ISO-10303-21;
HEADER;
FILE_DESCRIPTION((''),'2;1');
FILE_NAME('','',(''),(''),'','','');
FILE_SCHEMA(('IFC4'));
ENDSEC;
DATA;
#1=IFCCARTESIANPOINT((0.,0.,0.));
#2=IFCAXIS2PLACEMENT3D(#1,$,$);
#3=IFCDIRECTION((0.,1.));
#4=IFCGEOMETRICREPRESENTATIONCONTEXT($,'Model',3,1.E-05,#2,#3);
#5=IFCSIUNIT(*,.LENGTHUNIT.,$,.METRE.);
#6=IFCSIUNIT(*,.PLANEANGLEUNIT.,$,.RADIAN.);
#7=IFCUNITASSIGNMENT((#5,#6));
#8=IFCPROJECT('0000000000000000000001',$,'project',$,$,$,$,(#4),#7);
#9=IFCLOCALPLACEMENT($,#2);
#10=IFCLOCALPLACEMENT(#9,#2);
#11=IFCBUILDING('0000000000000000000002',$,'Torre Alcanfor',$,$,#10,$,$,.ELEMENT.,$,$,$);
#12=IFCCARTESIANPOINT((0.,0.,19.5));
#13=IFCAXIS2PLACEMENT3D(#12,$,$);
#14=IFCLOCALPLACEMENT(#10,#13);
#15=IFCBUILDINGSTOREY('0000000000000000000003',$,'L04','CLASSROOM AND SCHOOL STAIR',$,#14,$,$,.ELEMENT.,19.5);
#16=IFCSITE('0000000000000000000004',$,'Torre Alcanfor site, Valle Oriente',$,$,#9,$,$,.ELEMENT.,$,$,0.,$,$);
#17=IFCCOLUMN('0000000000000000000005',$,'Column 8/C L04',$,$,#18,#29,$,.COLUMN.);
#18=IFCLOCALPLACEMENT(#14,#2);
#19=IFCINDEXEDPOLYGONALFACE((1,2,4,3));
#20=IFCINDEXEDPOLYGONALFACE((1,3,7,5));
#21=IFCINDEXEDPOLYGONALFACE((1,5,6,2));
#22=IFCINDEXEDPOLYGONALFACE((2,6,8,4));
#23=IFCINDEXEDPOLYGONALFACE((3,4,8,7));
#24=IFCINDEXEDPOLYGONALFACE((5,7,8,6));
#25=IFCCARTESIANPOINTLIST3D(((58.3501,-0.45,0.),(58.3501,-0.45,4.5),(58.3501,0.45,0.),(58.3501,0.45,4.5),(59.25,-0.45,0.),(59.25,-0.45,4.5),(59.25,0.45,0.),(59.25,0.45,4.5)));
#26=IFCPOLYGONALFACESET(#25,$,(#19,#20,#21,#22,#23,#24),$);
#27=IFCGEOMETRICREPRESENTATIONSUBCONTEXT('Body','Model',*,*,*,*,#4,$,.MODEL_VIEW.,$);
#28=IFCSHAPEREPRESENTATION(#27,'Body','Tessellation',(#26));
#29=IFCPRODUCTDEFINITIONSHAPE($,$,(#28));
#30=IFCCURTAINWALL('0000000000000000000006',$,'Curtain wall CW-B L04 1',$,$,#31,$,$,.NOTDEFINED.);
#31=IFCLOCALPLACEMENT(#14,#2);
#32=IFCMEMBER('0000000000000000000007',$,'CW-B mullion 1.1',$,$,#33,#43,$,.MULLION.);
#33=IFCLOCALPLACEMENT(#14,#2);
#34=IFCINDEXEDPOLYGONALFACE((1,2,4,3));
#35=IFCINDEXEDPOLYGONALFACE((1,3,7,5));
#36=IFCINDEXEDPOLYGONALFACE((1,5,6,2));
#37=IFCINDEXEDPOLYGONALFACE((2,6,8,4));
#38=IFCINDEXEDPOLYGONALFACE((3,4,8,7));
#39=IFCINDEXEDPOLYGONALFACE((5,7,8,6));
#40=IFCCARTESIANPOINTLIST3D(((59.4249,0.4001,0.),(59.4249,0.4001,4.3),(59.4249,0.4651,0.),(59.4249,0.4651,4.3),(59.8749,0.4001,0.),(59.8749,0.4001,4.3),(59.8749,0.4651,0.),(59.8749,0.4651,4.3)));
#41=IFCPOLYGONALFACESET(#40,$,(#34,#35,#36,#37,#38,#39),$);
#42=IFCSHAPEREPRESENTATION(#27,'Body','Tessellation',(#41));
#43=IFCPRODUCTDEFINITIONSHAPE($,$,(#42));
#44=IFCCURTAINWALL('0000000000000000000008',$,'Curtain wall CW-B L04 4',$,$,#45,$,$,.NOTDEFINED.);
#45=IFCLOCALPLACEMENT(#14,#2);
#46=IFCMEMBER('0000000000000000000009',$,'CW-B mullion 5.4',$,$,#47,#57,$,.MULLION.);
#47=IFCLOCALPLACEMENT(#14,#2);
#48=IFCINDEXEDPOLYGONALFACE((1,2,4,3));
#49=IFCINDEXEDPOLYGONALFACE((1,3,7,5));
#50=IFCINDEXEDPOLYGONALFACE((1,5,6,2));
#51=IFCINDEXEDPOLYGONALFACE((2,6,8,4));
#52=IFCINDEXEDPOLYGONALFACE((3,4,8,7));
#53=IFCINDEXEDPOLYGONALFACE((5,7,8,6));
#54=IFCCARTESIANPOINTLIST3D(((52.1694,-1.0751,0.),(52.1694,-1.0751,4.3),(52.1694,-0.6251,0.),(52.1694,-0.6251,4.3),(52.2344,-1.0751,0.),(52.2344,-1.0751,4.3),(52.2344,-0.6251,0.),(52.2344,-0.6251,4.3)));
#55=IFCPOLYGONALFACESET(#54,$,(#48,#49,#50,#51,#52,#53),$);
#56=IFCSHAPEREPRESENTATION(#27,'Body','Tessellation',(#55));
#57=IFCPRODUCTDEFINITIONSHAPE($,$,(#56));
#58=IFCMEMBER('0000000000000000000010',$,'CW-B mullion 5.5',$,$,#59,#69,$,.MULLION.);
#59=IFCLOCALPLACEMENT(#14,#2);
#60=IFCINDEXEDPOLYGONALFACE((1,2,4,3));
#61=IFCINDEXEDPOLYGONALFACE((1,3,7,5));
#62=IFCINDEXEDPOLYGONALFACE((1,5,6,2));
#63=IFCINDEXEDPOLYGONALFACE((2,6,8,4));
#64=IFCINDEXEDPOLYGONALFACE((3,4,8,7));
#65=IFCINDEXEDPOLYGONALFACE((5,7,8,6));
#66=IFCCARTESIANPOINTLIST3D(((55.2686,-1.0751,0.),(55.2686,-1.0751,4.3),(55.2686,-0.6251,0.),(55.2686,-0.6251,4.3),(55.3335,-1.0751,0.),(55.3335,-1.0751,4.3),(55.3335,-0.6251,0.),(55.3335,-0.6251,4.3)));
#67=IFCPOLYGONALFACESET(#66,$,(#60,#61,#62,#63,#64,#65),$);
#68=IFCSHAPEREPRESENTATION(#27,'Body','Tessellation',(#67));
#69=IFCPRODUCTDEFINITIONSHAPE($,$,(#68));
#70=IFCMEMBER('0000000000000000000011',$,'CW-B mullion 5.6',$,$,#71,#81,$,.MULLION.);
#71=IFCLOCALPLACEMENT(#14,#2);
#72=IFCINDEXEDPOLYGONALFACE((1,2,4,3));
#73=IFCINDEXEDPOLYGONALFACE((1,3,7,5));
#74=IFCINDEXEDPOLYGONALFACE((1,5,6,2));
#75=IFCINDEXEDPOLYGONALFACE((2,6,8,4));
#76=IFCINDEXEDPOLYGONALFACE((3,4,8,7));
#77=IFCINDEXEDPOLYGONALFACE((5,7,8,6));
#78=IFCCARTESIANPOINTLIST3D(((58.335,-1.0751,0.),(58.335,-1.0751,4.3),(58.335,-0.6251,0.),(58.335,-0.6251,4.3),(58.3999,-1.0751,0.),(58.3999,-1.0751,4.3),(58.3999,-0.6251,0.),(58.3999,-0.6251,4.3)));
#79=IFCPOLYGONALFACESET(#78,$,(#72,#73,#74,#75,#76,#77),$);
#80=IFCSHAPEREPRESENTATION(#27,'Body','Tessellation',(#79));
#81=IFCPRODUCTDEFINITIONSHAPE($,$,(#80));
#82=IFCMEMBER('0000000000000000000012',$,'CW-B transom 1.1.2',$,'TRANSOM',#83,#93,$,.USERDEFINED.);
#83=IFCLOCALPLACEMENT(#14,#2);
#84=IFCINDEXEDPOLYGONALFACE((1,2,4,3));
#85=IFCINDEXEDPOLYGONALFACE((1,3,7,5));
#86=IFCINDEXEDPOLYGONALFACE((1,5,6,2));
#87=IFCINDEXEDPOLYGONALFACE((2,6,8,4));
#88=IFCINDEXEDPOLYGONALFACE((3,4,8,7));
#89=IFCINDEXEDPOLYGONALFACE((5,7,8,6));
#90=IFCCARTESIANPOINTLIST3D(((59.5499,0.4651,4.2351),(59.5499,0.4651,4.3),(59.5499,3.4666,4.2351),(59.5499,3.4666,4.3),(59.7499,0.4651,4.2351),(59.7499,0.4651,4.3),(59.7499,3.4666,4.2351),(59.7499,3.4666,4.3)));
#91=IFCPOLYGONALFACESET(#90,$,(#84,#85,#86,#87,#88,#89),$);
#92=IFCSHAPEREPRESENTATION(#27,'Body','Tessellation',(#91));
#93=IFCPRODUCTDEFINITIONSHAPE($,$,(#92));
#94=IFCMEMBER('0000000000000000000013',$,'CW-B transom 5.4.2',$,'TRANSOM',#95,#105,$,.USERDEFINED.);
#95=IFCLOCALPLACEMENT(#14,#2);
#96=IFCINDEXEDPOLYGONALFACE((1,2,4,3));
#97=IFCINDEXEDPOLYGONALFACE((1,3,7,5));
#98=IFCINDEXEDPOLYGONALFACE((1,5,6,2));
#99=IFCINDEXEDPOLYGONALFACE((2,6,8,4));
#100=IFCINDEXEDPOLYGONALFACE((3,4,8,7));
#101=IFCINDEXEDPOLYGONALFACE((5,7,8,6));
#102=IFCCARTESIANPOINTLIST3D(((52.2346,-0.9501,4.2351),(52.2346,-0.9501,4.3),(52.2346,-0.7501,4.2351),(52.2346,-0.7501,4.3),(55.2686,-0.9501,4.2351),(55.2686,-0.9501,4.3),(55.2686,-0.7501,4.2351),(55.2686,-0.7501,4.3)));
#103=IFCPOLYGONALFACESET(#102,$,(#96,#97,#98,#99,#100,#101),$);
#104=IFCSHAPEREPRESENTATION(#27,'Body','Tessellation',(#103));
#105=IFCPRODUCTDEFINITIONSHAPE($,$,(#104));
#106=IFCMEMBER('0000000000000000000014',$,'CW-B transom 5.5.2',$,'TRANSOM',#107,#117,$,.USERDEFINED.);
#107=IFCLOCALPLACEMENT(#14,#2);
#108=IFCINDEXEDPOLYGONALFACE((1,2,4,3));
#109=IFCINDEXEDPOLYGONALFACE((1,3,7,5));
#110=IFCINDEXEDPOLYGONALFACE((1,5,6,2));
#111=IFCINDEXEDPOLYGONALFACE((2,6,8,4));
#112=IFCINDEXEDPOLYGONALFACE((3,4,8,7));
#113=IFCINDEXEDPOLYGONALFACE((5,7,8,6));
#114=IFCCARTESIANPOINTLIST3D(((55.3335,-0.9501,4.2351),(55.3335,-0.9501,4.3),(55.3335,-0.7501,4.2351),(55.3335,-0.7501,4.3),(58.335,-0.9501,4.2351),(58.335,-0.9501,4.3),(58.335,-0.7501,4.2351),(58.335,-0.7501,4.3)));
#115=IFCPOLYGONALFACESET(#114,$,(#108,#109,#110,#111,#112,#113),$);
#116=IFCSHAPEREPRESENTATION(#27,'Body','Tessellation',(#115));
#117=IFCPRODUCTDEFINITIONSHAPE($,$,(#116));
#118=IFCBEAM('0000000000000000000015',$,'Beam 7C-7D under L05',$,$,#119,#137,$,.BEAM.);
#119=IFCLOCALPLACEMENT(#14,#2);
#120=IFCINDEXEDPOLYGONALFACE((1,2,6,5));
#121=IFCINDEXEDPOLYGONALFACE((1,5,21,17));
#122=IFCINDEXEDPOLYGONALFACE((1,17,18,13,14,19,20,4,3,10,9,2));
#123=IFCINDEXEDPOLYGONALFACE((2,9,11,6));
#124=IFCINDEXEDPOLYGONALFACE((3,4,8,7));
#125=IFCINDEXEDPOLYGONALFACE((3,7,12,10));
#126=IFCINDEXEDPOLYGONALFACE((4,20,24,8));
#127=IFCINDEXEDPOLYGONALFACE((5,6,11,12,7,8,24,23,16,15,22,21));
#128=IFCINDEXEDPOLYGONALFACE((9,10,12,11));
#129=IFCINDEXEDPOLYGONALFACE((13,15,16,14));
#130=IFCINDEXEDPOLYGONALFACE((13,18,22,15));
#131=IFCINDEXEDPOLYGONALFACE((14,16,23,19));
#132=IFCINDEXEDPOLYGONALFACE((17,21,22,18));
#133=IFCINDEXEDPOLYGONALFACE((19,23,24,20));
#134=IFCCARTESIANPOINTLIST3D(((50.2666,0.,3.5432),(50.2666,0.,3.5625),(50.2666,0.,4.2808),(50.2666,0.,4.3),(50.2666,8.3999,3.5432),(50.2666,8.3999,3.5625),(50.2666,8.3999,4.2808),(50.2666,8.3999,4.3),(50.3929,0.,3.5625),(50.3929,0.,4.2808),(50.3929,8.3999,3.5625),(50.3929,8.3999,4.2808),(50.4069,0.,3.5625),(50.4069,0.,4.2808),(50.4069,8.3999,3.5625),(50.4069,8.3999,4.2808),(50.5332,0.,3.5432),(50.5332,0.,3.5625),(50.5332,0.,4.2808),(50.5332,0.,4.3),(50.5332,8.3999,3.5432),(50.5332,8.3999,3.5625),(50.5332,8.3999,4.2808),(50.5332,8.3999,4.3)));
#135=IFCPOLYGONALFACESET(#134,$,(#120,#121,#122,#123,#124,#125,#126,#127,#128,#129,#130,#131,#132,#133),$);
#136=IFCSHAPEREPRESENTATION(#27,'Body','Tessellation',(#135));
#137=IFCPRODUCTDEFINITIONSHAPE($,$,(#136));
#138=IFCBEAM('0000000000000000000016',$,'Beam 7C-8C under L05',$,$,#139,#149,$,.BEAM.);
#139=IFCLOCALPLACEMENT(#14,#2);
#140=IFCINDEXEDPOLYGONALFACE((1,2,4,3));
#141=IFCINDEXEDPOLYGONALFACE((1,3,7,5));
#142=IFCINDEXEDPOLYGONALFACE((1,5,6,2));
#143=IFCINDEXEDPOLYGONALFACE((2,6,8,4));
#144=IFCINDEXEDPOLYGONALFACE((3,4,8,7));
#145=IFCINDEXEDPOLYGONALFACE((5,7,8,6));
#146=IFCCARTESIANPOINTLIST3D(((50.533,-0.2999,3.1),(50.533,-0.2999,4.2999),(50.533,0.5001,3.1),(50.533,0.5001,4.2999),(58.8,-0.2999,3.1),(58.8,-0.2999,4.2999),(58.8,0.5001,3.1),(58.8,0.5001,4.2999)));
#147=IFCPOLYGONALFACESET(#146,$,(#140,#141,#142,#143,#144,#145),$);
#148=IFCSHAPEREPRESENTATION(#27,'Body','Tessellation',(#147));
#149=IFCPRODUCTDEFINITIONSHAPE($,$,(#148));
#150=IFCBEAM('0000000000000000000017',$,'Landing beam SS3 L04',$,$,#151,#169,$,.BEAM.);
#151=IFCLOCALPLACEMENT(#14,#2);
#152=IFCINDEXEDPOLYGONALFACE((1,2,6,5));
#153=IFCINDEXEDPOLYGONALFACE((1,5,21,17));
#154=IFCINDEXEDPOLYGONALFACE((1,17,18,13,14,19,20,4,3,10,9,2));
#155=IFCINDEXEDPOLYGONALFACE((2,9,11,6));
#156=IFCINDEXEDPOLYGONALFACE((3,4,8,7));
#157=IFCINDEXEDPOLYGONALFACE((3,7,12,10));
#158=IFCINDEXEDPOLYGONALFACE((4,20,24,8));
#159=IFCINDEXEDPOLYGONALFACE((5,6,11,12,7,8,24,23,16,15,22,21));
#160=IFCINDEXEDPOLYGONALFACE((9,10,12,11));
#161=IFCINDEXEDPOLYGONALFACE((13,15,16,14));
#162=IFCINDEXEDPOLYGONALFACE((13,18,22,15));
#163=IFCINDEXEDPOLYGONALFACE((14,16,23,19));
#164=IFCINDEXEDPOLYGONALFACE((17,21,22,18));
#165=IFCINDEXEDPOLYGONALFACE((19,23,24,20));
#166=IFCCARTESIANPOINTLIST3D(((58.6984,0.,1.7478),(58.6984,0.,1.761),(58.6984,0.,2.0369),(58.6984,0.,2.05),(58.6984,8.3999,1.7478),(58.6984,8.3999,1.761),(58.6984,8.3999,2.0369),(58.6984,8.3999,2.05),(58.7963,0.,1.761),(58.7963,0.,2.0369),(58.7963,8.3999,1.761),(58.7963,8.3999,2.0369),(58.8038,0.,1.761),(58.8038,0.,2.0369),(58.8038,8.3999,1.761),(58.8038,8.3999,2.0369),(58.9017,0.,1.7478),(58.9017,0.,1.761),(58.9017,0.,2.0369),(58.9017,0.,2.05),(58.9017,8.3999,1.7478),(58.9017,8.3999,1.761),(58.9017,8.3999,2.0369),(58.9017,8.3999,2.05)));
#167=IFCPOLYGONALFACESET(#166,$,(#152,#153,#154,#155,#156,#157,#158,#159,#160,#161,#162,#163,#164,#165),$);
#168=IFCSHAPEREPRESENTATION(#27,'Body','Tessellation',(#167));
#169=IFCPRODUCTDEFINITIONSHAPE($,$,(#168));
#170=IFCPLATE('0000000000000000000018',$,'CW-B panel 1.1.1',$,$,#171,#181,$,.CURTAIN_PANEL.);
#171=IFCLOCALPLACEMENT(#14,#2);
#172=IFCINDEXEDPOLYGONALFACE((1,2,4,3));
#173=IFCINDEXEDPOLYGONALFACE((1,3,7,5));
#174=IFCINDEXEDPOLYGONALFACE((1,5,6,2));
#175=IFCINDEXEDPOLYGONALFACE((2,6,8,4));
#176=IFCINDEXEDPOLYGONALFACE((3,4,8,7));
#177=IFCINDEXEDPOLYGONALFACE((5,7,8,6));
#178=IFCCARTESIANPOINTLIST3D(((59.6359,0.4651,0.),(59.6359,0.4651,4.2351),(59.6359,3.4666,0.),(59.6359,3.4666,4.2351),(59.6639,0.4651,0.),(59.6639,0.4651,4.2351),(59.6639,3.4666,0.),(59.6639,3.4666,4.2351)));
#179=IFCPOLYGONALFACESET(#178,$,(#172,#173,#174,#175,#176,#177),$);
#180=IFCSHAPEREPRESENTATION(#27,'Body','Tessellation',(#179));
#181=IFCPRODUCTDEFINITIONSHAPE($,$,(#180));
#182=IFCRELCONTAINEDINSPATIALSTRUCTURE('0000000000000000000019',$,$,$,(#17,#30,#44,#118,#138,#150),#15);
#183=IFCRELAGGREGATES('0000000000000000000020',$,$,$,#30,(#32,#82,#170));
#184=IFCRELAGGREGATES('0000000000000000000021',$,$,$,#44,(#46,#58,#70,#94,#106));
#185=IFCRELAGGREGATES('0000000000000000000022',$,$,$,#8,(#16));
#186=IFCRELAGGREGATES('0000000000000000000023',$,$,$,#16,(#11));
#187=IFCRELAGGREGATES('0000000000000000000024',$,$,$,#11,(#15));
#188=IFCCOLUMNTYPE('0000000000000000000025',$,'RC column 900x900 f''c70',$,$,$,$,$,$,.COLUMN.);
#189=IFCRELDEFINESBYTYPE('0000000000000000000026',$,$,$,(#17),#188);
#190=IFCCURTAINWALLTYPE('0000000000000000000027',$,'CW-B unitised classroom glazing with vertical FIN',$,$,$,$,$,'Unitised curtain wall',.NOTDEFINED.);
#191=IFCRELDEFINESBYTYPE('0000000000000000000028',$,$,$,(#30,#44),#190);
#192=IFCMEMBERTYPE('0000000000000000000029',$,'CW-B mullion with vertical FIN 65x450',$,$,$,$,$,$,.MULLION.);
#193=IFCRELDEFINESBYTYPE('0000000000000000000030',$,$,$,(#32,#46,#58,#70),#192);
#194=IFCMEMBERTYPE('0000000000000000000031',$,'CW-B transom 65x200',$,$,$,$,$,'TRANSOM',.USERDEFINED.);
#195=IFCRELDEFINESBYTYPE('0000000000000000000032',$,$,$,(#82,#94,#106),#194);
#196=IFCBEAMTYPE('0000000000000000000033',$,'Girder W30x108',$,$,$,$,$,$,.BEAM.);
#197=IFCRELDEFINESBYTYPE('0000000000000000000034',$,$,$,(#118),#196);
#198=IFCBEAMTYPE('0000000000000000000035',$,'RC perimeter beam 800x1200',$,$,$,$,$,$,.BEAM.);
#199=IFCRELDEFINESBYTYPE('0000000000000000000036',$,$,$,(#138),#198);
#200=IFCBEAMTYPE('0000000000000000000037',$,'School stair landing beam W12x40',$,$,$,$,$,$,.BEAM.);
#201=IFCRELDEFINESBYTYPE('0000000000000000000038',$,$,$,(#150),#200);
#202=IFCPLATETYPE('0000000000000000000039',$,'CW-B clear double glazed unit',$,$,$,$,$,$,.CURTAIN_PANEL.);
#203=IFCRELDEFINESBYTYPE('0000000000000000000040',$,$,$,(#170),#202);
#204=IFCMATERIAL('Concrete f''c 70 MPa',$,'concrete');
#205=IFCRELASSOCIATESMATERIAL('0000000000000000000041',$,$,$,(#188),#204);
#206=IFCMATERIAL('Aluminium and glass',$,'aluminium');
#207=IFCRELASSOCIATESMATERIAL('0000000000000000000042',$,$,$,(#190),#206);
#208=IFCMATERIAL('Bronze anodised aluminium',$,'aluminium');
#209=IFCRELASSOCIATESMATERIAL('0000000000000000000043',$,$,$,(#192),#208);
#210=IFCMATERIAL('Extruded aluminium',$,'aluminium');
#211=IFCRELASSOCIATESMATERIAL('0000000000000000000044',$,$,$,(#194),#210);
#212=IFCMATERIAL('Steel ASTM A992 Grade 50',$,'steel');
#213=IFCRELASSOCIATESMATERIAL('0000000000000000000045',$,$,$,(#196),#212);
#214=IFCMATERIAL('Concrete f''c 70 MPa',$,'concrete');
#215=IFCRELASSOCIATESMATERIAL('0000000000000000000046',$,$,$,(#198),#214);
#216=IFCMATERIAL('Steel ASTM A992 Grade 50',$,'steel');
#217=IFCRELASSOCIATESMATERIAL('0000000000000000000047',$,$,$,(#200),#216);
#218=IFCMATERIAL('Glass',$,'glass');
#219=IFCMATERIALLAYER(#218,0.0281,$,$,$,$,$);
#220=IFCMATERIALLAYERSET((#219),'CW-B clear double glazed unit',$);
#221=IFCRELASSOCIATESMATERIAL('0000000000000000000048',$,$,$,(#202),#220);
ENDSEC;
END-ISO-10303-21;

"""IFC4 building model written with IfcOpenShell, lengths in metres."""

from ifc_helpers import new_model, si_unit, direction, frame, origin, origin_2d, place, context, subcontext, project, spatial, rectangle, i_section, extrude, material, layer, layer_set, material_profile, profile_set, type_object, element, aggregate, save


model = new_model("IFC4")

# Units and contexts
model_context = context("Model", 3, precision=1e-05, world=origin(), true_north=direction((0.0, 1.0)))
body_context = subcontext(model_context, "Body", "Model", "MODEL_VIEW")
ifc_project = project(units=[si_unit("LENGTHUNIT", "METRE"), si_unit("PLANEANGLEUNIT", "RADIAN")], contexts=[model_context])

# Site, building, storey
site_placement = place(None, origin())
site = spatial("IfcSite", under=ifc_project, at=site_placement, Name="Torre Alcanfor site, Valle Oriente", CompositionType="ELEMENT", RefElevation=0.0)
building_placement = place(site_placement, origin())
building = spatial("IfcBuilding", under=site, at=building_placement, Name="Torre Alcanfor", CompositionType="ELEMENT")
storey_placement = place(building_placement, frame((0.0, 0.0, 19.5)))
storey = spatial("IfcBuildingStorey", under=building, at=storey_placement, Name="L04", Description="CLASSROOM AND SCHOOL STAIR", CompositionType="ELEMENT", Elevation=19.5)

# Column
ifc_material_1 = material(Name="Concrete f'c 70 MPa", Category="concrete")
ifc_material_profile_1 = material_profile(ifc_material_1, rectangle(XDim=0.8999, YDim=0.8999, at=origin_2d()), Name="900x900")
ifc_profile_set_1 = profile_set([ifc_material_profile_1], Name="Concrete f'c 70 MPa")
column_type = type_object("IfcColumnType", Name="RC column 900x900 f'c70", PredefinedType="COLUMN", material=ifc_profile_set_1)
column_placement = place(storey_placement, frame((58.8, 0.0, 0.0), z_axis=(0.0, 0.0, 1.0), x_axis=(1.0, 0.0, 0.0)))
element("IfcColumn", 1, at=column_placement, inside=storey, type_object=column_type, Name="Column 8/C L04", PredefinedType="COLUMN", context=body_context, shape_type="SweptSolid", body=[
    extrude(rectangle(XDim=0.8999, YDim=0.8999, at=origin_2d()), origin(), (0.0, 0.0, 1.0), 4.5),
])

# Curtain wall, member
ifc_material_2 = material(Name="Aluminium and glass", Category="aluminium")
curtain_wall_type = type_object("IfcCurtainWallType", Name="CW-B unitised classroom glazing with vertical FIN", ElementType="Unitised curtain wall", PredefinedType="NOTDEFINED", material=ifc_material_2)
curtain_wall_1_placement = place(storey_placement, origin())
curtain_wall_1 = element("IfcCurtainWall", 2, at=curtain_wall_1_placement, inside=storey, type_object=curtain_wall_type, Name="Curtain wall CW-B L04 1", PredefinedType="NOTDEFINED")
ifc_material_3 = material(Name="Bronze anodised aluminium", Category="aluminium")
ifc_material_profile_2 = material_profile(ifc_material_3, rectangle(XDim=0.45, YDim=0.0649, at=origin_2d()), Name="CW-B mullion 65x450")
ifc_profile_set_2 = profile_set([ifc_material_profile_2], Name="Bronze anodised aluminium")
member_type_1 = type_object("IfcMemberType", Name="CW-B mullion with vertical FIN 65x450", PredefinedType="MULLION", material=ifc_profile_set_2)
member_1_placement = place(storey_placement, frame((59.6499, 0.4326, 0.0), z_axis=(0.0, 0.0, 1.0), x_axis=(-1.0, 0.0, 0.0)))
member_1 = element("IfcMember", 3, at=member_1_placement, type_object=member_type_1, Name="CW-B mullion 1.1", PredefinedType="MULLION", context=body_context, shape_type="SweptSolid", body=[
    extrude(rectangle(XDim=0.45, YDim=0.0649, at=origin_2d()), origin(), (0.0, 0.0, 1.0), 4.3),
])

# Curtain wall, members
curtain_wall_2_placement = place(storey_placement, origin())
curtain_wall_2 = element("IfcCurtainWall", 4, at=curtain_wall_2_placement, inside=storey, type_object=curtain_wall_type, Name="Curtain wall CW-B L04 4", PredefinedType="NOTDEFINED")
member_2_placement = place(storey_placement, frame((52.2019, -0.8501, 0.0), z_axis=(0.0, 0.0, 1.0), x_axis=(0.0, 1.0, 0.0)))
member_2 = element("IfcMember", 5, at=member_2_placement, type_object=member_type_1, Name="CW-B mullion 5.4", PredefinedType="MULLION", context=body_context, shape_type="SweptSolid", body=[
    extrude(rectangle(XDim=0.45, YDim=0.0649, at=origin_2d()), origin(), (0.0, 0.0, 1.0), 4.3),
])
member_3_placement = place(storey_placement, frame((55.301, -0.8501, 0.0), z_axis=(0.0, 0.0, 1.0), x_axis=(0.0, 1.0, 0.0)))
member_3 = element("IfcMember", 6, at=member_3_placement, type_object=member_type_1, Name="CW-B mullion 5.5", PredefinedType="MULLION", context=body_context, shape_type="SweptSolid", body=[
    extrude(rectangle(XDim=0.45, YDim=0.0649, at=origin_2d()), origin(), (0.0, 0.0, 1.0), 4.3),
])
member_4_placement = place(storey_placement, frame((58.3674, -0.8501, 0.0), z_axis=(0.0, 0.0, 1.0), x_axis=(0.0, 1.0, 0.0)))
member_4 = element("IfcMember", 7, at=member_4_placement, type_object=member_type_1, Name="CW-B mullion 5.6", PredefinedType="MULLION", context=body_context, shape_type="SweptSolid", body=[
    extrude(rectangle(XDim=0.45, YDim=0.0649, at=origin_2d()), origin(), (0.0, 0.0, 1.0), 4.3),
])

# Members
ifc_material_4 = material(Name="Extruded aluminium", Category="aluminium")
ifc_material_profile_3 = material_profile(ifc_material_4, rectangle(XDim=0.2, YDim=0.0649, at=origin_2d()), Name="CW-B transom 200x65")
ifc_profile_set_3 = profile_set([ifc_material_profile_3], Name="Extruded aluminium")
member_type_2 = type_object("IfcMemberType", Name="CW-B transom 65x200", ElementType="TRANSOM", PredefinedType="USERDEFINED", material=ifc_profile_set_3)
member_5_placement = place(storey_placement, frame((59.6499, 0.4651, 4.2676), z_axis=(0.0, 1.0, 0.0), x_axis=(-1.0, 0.0, 0.0)))
member_5 = element("IfcMember", 8, at=member_5_placement, type_object=member_type_2, Name="CW-B transom 1.1.2", ObjectType="TRANSOM", PredefinedType="USERDEFINED", context=body_context, shape_type="SweptSolid", body=[
    extrude(rectangle(XDim=0.2, YDim=0.0649, at=origin_2d()), origin(), (0.0, 0.0, 1.0), 3.0015),
])
member_6_placement = place(storey_placement, frame((52.2346, -0.8501, 4.2676), z_axis=(1.0, 0.0, 0.0), x_axis=(0.0, 1.0, 0.0)))
member_6 = element("IfcMember", 9, at=member_6_placement, type_object=member_type_2, Name="CW-B transom 5.4.2", ObjectType="TRANSOM", PredefinedType="USERDEFINED", context=body_context, shape_type="SweptSolid", body=[
    extrude(rectangle(XDim=0.2, YDim=0.0649, at=origin_2d()), origin(), (0.0, 0.0, 1.0), 3.0339),
])
member_7_placement = place(storey_placement, frame((55.3335, -0.8501, 4.2676), z_axis=(1.0, 0.0, 0.0), x_axis=(0.0, 1.0, 0.0)))
member_7 = element("IfcMember", 10, at=member_7_placement, type_object=member_type_2, Name="CW-B transom 5.5.2", ObjectType="TRANSOM", PredefinedType="USERDEFINED", context=body_context, shape_type="SweptSolid", body=[
    extrude(rectangle(XDim=0.2, YDim=0.0649, at=origin_2d()), origin(), (0.0, 0.0, 1.0), 3.0015),
])

# Beams
ifc_material_5 = material(Name="Steel ASTM A992 Grade 50", Category="steel")
ifc_material_profile_4 = material_profile(ifc_material_5, i_section(OverallWidth=0.2666, OverallDepth=0.7568, WebThickness=0.0139, FlangeThickness=0.0193, at=origin_2d()), Name="W30x108")
ifc_profile_set_4 = profile_set([ifc_material_profile_4], Name="Steel ASTM A992 Grade 50")
beam_type_1 = type_object("IfcBeamType", Name="Girder W30x108", PredefinedType="BEAM", material=ifc_profile_set_4)
beam_1_placement = place(storey_placement, frame((50.3999, 0.0, 3.9216), z_axis=(0.0, 1.0, 0.0), x_axis=(-1.0, 0.0, 0.0)))
element("IfcBeam", 11, at=beam_1_placement, inside=storey, type_object=beam_type_1, Name="Beam 7C-7D under L05", PredefinedType="BEAM", context=body_context, shape_type="SweptSolid", body=[
    extrude(i_section(OverallWidth=0.2666, OverallDepth=0.7568, WebThickness=0.0139, FlangeThickness=0.0193, at=origin_2d()), origin(), (0.0, 0.0, 1.0), 8.3999),
])
ifc_material_6 = material(Name="Concrete f'c 70 MPa", Category="concrete")
ifc_material_profile_5 = material_profile(ifc_material_6, rectangle(XDim=0.8, YDim=1.2, at=origin_2d()), Name="800x1200")
ifc_profile_set_5 = profile_set([ifc_material_profile_5], Name="Concrete f'c 70 MPa")
beam_type_2 = type_object("IfcBeamType", Name="RC perimeter beam 800x1200", PredefinedType="BEAM", material=ifc_profile_set_5)
beam_2_placement = place(storey_placement, frame((50.533, 0.1001, 3.7), z_axis=(1.0, 0.0, 0.0), x_axis=(0.0, 1.0, 0.0)))
element("IfcBeam", 12, at=beam_2_placement, inside=storey, type_object=beam_type_2, Name="Beam 7C-8C under L05", PredefinedType="BEAM", context=body_context, shape_type="SweptSolid", body=[
    extrude(rectangle(XDim=0.8, YDim=1.2, at=origin_2d()), origin(), (0.0, 0.0, 1.0), 8.2671),
])
ifc_material_7 = material(Name="Steel ASTM A992 Grade 50", Category="steel")
ifc_material_profile_6 = material_profile(ifc_material_7, i_section(OverallWidth=0.2034, OverallDepth=0.3022, WebThickness=0.0076, FlangeThickness=0.0132, at=origin_2d()), Name="W12x40")
ifc_profile_set_6 = profile_set([ifc_material_profile_6], Name="Steel ASTM A992 Grade 50")
beam_type_3 = type_object("IfcBeamType", Name="School stair landing beam W12x40", PredefinedType="BEAM", material=ifc_profile_set_6)
beam_3_placement = place(storey_placement, frame((58.8, 0.0, 1.8989), z_axis=(0.0, 1.0, 0.0), x_axis=(-1.0, 0.0, 0.0)))
element("IfcBeam", 13, at=beam_3_placement, inside=storey, type_object=beam_type_3, Name="Landing beam SS3 L04", PredefinedType="BEAM", context=body_context, shape_type="SweptSolid", body=[
    extrude(i_section(OverallWidth=0.2034, OverallDepth=0.3022, WebThickness=0.0076, FlangeThickness=0.0132, at=origin_2d()), origin(), (0.0, 0.0, 1.0), 8.3999),
])

# Plate
ifc_material_8 = material(Name="Glass", Category="glass")
ifc_layer_1 = layer(ifc_material_8, 0.0281)
ifc_layer_set_1 = layer_set([ifc_layer_1], Name="CW-B clear double glazed unit")
plate_type = type_object("IfcPlateType", Name="CW-B clear double glazed unit", PredefinedType="CURTAIN_PANEL", material=ifc_layer_set_1)
plate_1_placement = place(storey_placement, frame((59.6499, 1.9658, 0.0), z_axis=(0.0, 0.0, 1.0), x_axis=(0.0, 1.0, 0.0)))
plate_1 = element("IfcPlate", 14, at=plate_1_placement, type_object=plate_type, Name="CW-B panel 1.1.1", PredefinedType="CURTAIN_PANEL", context=body_context, shape_type="SweptSolid", body=[
    extrude(rectangle(XDim=3.0015, YDim=0.0281, at=origin_2d()), origin(), (0.0, 0.0, 1.0), 4.2351),
])
aggregate(curtain_wall_1, [member_1, member_5, plate_1])
aggregate(curtain_wall_2, [member_2, member_3, member_4, member_6, member_7])

save(model, "model.ifc")
